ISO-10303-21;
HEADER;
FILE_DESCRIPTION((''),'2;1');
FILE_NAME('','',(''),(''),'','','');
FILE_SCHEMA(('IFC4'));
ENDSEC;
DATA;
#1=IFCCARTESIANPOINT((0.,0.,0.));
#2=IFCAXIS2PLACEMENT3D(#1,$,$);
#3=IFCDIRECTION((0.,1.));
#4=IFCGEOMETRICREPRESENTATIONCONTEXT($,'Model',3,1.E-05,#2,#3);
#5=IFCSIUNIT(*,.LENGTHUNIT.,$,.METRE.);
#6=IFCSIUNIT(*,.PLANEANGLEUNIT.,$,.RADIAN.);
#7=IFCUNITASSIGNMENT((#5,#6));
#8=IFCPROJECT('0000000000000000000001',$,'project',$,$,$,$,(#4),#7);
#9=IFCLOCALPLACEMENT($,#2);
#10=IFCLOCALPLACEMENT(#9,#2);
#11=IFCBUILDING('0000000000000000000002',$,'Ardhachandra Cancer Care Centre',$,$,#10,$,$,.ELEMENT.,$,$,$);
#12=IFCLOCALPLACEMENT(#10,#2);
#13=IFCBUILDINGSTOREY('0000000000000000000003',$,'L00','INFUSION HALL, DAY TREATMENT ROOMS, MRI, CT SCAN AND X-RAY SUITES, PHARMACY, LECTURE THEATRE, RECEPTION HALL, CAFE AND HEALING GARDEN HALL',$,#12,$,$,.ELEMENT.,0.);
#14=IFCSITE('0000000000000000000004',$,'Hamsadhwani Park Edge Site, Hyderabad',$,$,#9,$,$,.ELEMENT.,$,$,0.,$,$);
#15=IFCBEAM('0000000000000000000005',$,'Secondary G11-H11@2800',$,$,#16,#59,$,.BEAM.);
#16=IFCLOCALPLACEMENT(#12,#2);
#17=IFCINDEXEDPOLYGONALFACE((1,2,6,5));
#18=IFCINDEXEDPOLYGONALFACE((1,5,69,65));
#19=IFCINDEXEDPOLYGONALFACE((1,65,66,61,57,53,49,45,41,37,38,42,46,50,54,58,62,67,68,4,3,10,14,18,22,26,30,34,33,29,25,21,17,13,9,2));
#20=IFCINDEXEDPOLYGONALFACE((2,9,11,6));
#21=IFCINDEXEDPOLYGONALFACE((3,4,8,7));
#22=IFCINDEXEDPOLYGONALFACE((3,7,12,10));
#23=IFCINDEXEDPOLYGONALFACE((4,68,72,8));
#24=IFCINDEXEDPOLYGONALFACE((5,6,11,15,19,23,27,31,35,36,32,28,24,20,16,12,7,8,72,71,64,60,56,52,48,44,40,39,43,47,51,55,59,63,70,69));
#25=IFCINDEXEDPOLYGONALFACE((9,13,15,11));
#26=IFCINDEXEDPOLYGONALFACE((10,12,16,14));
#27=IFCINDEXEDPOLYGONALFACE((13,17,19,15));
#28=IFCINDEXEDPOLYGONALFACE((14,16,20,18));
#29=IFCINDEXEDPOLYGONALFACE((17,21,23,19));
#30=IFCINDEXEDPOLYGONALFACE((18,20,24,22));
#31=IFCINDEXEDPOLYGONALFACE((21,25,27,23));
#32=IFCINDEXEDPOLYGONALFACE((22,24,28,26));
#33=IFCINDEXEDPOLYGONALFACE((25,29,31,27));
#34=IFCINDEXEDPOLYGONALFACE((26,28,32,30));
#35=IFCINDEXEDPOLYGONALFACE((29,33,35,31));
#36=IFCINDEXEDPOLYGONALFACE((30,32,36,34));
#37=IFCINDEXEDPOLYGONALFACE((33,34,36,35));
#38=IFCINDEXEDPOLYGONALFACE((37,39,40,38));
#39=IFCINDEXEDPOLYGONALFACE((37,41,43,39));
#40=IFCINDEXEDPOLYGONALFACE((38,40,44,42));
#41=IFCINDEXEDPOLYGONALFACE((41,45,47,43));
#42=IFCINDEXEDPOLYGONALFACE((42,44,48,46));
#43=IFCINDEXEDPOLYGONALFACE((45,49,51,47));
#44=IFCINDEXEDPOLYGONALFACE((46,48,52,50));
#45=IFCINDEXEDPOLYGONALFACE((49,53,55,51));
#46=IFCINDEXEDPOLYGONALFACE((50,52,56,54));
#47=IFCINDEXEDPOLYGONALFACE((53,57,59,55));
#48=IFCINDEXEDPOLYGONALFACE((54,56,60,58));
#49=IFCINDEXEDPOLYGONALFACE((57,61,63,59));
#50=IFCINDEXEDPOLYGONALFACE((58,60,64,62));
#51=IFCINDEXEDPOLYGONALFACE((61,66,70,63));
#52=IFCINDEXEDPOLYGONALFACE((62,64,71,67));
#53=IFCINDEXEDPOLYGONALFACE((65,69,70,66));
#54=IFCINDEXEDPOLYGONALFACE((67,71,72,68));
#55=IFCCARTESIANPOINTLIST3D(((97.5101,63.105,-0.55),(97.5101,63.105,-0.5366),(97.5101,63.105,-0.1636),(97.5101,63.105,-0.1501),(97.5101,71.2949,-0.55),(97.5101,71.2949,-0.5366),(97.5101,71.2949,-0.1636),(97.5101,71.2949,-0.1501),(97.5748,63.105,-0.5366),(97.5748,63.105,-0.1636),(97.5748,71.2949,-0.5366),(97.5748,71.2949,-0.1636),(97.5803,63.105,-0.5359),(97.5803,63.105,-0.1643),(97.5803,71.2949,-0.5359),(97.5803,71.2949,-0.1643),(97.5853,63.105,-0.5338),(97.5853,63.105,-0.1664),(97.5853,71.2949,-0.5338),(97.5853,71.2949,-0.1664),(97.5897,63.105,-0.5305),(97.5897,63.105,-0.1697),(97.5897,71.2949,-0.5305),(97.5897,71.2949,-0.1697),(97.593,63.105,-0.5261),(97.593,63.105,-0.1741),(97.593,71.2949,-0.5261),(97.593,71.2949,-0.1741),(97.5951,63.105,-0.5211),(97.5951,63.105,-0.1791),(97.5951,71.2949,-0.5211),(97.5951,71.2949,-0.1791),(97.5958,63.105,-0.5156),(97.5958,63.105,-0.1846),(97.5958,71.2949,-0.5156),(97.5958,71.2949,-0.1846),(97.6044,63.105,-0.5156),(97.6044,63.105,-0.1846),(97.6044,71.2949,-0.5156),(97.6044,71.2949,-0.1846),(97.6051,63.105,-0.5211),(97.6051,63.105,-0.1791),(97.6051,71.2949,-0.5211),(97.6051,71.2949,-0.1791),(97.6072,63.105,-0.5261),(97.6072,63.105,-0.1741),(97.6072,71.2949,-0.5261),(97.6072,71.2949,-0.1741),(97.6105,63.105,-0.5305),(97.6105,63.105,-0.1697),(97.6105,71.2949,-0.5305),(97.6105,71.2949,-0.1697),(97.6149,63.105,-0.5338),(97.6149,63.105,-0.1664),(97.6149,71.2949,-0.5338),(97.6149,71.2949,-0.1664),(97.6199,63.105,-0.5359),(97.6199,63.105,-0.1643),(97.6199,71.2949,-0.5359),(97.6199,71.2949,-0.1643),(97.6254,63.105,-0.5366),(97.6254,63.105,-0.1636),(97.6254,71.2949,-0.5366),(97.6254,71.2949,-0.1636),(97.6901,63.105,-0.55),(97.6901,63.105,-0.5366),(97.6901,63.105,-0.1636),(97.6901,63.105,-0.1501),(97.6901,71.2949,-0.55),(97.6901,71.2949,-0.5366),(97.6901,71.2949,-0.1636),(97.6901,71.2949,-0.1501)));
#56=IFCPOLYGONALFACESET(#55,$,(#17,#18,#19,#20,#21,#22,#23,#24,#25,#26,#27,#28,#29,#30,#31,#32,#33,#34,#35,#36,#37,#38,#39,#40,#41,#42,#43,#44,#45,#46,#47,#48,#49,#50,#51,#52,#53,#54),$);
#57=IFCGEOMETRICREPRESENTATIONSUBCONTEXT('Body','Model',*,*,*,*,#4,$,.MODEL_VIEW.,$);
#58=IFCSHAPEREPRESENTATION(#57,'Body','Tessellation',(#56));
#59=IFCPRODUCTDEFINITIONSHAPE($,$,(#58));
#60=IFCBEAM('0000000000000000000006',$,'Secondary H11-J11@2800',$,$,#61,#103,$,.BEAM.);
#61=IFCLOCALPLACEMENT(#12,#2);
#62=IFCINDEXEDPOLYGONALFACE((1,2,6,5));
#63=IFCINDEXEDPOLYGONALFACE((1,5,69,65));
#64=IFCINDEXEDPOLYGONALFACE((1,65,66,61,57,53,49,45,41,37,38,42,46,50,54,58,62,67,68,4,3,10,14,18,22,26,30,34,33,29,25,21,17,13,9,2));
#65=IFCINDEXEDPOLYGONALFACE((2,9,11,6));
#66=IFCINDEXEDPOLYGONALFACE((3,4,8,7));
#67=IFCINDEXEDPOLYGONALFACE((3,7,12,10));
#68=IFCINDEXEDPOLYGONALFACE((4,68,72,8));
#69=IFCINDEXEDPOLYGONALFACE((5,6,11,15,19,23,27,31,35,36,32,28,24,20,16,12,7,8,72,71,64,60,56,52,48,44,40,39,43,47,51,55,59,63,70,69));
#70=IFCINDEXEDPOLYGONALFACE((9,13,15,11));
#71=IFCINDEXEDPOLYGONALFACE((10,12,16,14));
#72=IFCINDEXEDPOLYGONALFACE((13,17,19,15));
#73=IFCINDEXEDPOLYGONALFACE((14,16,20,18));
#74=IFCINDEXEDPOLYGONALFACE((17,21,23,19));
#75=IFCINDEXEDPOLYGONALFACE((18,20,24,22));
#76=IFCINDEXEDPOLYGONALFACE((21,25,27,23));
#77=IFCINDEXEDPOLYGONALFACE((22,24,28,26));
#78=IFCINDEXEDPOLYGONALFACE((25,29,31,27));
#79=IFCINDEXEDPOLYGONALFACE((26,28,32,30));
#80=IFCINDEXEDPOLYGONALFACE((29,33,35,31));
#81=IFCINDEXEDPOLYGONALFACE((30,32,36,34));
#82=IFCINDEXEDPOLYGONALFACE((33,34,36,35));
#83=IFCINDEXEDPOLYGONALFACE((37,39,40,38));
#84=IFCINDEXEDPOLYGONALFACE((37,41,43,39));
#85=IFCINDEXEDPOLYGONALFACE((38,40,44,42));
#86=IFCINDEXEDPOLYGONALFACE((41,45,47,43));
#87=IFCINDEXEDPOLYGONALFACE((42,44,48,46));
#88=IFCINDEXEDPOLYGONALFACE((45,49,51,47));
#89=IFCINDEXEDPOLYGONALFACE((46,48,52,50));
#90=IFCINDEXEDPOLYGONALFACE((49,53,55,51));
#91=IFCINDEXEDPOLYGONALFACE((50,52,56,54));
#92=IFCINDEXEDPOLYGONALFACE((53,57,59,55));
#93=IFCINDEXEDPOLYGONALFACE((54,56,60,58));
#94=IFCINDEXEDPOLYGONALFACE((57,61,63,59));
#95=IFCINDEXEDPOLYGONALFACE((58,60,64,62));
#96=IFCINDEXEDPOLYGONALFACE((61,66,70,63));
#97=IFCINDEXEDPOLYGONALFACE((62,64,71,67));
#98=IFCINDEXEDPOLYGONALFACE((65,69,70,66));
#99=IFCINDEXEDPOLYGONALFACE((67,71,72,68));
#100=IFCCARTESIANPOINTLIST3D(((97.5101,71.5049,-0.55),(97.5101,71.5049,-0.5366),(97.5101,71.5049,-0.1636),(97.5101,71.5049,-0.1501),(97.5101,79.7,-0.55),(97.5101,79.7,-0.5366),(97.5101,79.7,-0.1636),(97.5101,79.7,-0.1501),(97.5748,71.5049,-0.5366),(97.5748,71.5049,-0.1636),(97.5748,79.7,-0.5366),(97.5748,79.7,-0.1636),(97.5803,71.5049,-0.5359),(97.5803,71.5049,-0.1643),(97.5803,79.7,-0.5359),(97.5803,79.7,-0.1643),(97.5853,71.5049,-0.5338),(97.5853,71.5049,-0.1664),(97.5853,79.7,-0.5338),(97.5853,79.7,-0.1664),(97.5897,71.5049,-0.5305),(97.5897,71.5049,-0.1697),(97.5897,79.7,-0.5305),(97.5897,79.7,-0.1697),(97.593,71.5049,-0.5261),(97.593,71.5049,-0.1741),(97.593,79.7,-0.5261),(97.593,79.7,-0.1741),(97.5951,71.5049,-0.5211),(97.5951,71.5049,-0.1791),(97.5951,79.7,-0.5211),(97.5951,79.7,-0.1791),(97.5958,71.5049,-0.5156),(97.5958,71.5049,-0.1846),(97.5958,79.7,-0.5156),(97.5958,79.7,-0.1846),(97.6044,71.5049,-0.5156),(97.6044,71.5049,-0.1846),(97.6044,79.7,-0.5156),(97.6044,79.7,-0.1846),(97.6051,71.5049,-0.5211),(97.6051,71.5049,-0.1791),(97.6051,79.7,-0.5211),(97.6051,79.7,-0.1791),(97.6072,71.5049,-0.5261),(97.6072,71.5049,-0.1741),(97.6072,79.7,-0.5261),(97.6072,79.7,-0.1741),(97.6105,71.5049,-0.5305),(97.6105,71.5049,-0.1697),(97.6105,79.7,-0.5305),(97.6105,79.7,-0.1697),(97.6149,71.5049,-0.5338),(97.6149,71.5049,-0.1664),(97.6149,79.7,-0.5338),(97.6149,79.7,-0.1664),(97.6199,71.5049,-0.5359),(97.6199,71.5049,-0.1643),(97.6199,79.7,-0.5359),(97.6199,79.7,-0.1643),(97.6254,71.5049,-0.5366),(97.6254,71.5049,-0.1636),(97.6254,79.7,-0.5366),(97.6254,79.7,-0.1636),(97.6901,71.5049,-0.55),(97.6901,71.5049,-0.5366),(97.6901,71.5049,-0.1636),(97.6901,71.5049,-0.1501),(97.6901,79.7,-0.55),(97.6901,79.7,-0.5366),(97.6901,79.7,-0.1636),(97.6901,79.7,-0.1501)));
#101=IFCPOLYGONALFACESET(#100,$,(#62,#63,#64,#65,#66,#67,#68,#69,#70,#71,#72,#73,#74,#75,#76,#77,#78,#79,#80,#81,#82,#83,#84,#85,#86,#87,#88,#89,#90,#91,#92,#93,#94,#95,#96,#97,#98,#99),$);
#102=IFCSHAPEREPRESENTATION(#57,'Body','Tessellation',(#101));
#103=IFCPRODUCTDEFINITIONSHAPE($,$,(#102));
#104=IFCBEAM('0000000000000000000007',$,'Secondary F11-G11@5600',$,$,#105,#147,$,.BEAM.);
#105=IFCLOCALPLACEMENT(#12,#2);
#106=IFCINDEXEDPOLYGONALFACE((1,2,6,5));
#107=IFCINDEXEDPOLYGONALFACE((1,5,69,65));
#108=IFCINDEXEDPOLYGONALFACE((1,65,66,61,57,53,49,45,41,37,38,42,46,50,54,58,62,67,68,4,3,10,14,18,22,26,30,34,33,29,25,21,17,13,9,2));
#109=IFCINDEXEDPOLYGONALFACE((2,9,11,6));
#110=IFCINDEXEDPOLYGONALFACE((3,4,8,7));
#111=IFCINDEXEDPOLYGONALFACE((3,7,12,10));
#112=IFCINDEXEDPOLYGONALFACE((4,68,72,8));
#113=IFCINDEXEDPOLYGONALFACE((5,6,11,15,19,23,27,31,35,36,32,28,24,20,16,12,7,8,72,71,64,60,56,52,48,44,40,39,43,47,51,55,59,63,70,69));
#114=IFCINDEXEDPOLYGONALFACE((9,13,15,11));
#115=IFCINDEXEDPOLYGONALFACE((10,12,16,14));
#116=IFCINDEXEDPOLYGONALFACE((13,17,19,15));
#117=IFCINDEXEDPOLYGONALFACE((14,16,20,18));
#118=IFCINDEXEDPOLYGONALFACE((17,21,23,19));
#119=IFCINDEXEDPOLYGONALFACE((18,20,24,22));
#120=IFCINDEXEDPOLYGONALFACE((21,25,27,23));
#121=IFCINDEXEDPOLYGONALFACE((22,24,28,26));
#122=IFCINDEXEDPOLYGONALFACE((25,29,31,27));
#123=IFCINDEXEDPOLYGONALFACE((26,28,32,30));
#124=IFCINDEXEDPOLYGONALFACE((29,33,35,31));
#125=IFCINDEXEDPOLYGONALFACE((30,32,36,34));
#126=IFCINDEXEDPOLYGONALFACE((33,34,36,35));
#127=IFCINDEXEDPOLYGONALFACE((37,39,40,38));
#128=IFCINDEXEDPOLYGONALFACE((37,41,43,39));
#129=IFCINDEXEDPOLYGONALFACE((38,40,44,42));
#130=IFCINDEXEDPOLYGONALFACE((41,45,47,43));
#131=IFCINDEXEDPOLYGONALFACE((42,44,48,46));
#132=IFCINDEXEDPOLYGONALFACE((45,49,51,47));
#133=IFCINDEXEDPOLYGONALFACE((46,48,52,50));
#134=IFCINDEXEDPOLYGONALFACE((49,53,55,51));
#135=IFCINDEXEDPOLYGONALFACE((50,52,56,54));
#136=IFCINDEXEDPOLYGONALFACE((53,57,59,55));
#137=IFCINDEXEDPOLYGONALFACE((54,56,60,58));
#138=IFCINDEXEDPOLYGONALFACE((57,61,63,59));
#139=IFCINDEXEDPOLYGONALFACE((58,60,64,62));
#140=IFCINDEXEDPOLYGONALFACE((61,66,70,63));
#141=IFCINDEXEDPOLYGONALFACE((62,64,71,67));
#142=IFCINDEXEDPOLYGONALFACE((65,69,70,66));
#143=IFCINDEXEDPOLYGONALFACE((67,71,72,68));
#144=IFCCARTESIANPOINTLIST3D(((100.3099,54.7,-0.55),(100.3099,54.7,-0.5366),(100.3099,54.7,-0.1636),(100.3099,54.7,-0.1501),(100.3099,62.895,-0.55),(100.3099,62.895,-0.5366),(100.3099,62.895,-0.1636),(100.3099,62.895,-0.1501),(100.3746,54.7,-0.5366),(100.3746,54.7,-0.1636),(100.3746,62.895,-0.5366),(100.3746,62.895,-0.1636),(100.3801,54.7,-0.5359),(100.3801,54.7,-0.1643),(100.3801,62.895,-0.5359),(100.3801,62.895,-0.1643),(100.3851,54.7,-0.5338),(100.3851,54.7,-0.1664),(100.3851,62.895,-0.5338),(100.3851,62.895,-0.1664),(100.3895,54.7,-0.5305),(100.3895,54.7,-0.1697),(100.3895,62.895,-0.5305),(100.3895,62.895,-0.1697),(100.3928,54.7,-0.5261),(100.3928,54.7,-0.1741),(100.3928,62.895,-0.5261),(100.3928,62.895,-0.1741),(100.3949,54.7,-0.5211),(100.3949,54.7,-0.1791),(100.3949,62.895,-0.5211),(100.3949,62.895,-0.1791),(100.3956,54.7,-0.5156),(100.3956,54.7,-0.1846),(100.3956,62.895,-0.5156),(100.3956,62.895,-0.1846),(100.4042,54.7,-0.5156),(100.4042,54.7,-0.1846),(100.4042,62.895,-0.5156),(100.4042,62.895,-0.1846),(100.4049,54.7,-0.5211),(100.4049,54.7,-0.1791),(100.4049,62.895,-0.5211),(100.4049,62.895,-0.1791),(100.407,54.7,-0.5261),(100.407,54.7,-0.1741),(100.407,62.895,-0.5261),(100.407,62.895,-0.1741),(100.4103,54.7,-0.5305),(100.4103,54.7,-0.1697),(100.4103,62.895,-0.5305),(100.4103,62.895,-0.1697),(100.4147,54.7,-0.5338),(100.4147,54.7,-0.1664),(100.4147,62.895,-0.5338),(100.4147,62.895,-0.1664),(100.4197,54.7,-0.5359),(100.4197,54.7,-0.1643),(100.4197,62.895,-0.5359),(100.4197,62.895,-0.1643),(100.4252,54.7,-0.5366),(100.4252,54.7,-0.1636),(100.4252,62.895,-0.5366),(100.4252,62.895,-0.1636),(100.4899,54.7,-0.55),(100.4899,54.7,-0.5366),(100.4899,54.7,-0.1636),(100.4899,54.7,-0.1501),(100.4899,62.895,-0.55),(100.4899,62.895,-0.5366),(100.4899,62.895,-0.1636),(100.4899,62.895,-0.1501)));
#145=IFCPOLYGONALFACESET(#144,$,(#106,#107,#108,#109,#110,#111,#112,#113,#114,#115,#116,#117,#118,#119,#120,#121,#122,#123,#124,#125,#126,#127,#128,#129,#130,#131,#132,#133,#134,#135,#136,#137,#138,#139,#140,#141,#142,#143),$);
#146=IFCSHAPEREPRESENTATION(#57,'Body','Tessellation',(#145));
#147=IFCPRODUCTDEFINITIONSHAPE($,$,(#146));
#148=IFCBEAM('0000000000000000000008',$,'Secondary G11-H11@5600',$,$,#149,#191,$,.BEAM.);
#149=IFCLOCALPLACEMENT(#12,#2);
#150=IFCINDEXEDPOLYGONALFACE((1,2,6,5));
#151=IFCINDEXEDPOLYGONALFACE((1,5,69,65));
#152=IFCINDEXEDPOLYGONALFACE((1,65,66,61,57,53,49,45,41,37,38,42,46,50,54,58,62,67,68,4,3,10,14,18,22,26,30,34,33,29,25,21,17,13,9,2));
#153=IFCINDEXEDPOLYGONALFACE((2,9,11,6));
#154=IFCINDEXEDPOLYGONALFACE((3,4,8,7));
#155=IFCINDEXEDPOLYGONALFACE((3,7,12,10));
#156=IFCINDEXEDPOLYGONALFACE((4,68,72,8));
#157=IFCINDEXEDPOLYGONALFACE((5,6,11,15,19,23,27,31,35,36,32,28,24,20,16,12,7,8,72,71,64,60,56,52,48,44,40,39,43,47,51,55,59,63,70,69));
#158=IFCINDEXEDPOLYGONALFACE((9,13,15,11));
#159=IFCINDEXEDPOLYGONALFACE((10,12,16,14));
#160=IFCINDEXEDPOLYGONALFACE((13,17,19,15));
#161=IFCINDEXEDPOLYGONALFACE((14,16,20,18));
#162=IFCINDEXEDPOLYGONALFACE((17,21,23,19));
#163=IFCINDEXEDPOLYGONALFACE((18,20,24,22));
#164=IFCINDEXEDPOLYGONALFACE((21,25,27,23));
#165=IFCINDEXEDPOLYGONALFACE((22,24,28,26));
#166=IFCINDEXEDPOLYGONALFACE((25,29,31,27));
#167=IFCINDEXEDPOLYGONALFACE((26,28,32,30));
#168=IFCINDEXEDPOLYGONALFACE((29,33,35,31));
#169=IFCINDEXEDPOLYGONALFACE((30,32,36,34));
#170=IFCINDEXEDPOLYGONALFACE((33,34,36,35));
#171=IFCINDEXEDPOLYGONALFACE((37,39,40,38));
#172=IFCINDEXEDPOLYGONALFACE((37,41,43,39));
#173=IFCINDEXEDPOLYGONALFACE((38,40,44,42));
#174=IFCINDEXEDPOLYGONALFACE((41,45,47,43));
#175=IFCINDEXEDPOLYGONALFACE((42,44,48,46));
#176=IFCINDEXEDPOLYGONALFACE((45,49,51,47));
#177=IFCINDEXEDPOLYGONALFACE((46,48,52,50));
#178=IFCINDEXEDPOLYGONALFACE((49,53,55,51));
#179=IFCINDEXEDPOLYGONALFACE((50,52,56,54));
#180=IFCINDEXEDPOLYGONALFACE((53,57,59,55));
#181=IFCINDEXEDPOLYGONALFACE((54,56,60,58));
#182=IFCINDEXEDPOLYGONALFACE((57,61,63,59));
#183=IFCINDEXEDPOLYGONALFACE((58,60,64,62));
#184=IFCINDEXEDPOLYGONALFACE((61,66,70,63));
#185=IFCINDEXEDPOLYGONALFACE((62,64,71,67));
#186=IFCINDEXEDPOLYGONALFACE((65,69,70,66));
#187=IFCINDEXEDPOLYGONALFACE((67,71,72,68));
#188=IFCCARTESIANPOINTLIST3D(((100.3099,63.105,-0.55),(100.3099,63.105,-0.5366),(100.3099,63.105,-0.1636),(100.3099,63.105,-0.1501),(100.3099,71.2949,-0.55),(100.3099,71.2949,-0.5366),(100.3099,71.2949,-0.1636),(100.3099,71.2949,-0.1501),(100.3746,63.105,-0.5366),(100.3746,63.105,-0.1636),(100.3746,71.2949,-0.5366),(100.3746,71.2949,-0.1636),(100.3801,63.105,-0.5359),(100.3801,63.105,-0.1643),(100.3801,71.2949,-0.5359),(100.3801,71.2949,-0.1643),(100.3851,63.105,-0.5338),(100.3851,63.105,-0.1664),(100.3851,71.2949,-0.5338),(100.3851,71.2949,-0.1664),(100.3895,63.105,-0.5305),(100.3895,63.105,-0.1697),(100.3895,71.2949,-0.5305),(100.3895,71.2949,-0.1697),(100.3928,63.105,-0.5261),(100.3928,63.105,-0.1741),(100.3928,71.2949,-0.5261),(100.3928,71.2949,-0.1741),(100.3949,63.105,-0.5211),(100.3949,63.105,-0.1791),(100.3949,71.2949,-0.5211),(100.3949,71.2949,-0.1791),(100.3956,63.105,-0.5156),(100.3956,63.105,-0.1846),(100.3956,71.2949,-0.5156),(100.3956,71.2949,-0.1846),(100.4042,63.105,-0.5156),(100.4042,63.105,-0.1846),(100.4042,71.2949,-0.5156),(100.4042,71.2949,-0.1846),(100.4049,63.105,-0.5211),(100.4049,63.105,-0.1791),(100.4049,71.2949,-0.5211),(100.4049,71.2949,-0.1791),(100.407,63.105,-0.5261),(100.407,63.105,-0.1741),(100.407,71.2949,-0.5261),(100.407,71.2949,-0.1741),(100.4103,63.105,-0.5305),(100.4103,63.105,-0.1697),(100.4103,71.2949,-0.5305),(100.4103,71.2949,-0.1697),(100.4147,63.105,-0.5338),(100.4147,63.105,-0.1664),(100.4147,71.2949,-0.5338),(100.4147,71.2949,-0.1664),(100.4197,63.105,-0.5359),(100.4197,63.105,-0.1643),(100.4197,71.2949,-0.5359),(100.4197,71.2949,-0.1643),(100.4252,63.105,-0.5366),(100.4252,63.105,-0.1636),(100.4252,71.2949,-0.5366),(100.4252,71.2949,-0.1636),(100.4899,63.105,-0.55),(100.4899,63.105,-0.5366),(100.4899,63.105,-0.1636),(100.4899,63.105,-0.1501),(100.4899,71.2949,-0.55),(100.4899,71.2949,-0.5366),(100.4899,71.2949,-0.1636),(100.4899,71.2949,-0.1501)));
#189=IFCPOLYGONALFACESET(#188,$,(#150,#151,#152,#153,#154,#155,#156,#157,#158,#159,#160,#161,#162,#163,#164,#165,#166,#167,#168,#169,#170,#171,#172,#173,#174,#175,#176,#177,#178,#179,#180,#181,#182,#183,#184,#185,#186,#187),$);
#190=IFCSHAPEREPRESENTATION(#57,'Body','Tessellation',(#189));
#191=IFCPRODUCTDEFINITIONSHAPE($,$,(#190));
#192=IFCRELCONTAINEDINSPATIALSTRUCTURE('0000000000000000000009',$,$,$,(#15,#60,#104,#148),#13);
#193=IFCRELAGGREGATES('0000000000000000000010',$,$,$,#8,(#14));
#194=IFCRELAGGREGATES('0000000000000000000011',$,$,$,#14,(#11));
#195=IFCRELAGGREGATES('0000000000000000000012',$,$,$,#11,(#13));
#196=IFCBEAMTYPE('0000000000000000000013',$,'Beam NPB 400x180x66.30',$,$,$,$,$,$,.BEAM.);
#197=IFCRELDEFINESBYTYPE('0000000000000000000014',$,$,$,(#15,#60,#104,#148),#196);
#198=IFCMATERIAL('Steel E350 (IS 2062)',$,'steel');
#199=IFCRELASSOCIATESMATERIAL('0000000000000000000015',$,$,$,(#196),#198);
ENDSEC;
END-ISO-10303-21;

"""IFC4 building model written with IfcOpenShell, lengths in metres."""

from ifc_helpers import new_model, si_unit, direction, frame, origin, origin_2d, place, context, subcontext, project, spatial, i_section, extrude, material, material_profile, profile_set, type_object, element, save


model = new_model("IFC4")

# Units and contexts
model_context = context("Model", 3, precision=1e-05, world=origin(), true_north=direction((0.0, 1.0)))
body_context = subcontext(model_context, "Body", "Model", "MODEL_VIEW")
ifc_project = project(units=[si_unit("LENGTHUNIT", "METRE"), si_unit("PLANEANGLEUNIT", "RADIAN")], contexts=[model_context])

# Site, building, storey
site_placement = place(None, origin())
site = spatial("IfcSite", under=ifc_project, at=site_placement, Name="Hamsadhwani Park Edge Site, Hyderabad", CompositionType="ELEMENT", RefElevation=0.0)
building_placement = place(site_placement, origin())
building = spatial("IfcBuilding", under=site, at=building_placement, Name="Ardhachandra Cancer Care Centre", CompositionType="ELEMENT")
storey_placement = place(building_placement, origin())
storey = spatial("IfcBuildingStorey", under=building, at=storey_placement, Name="L00", Description="INFUSION HALL, DAY TREATMENT ROOMS, MRI, CT SCAN AND X-RAY SUITES, PHARMACY, LECTURE THEATRE, RECEPTION HALL, CAFE AND HEALING GARDEN HALL", CompositionType="ELEMENT", Elevation=0.0)

# Beams
ifc_material_1 = material(Name="Steel E350 (IS 2062)", Category="steel")
ifc_material_profile_1 = material_profile(ifc_material_1, i_section(OverallWidth=0.1799, OverallDepth=0.3999, WebThickness=0.0085, FlangeThickness=0.0134, FilletRadius=0.021, at=origin_2d()), Name="NPB 400x180x66.30")
ifc_profile_set_1 = profile_set([ifc_material_profile_1], Name="Steel E350 (IS 2062)")
beam_type_1 = type_object("IfcBeamType", Name="Beam NPB 400x180x66.30", PredefinedType="BEAM", material=ifc_profile_set_1)
beam_1_placement = place(storey_placement, frame((97.6001, 63.105, -0.3501), z_axis=(0.0, 1.0, 0.0), x_axis=(-1.0, 0.0, 0.0)))
element("IfcBeam", 1, at=beam_1_placement, inside=storey, type_object=beam_type_1, Name="Secondary G11-H11@2800", PredefinedType="BEAM", context=body_context, shape_type="SweptSolid", body=[
    extrude(i_section(OverallWidth=0.1799, OverallDepth=0.3999, WebThickness=0.0085, FlangeThickness=0.0134, FilletRadius=0.021, at=origin_2d()), origin(), (0.0, 0.0, 1.0), 8.1899),
])
for number, where, z_axis, x_axis, name in (
    (2, (97.6001, 71.5049, -0.3501), (0.0, 1.0, 0.0), (-1.0, 0.0, 0.0), "Secondary H11-J11@2800"),
    (3, (100.3999, 54.7, -0.3501), (0.0, 1.0, 0.0), (-1.0, 0.0, 0.0), "Secondary F11-G11@5600"),
):
    element("IfcBeam", number, at=place(storey_placement, frame(where, z_axis=z_axis, x_axis=x_axis)), inside=storey, type_object=beam_type_1, Name=name, PredefinedType="BEAM", context=body_context, shape_type="SweptSolid", body=[
        extrude(i_section(OverallWidth=0.1799, OverallDepth=0.3999, WebThickness=0.0085, FlangeThickness=0.0134, FilletRadius=0.021, at=origin_2d()), origin(), (0.0, 0.0, 1.0), 8.1951),
    ])
beam_2_placement = place(storey_placement, frame((100.3999, 63.105, -0.3501), z_axis=(0.0, 1.0, 0.0), x_axis=(-1.0, 0.0, 0.0)))
element("IfcBeam", 4, at=beam_2_placement, inside=storey, type_object=beam_type_1, Name="Secondary G11-H11@5600", PredefinedType="BEAM", context=body_context, shape_type="SweptSolid", body=[
    extrude(i_section(OverallWidth=0.1799, OverallDepth=0.3999, WebThickness=0.0085, FlangeThickness=0.0134, FilletRadius=0.021, at=origin_2d()), origin(), (0.0, 0.0, 1.0), 8.1899),
])

save(model, "model.ifc")
